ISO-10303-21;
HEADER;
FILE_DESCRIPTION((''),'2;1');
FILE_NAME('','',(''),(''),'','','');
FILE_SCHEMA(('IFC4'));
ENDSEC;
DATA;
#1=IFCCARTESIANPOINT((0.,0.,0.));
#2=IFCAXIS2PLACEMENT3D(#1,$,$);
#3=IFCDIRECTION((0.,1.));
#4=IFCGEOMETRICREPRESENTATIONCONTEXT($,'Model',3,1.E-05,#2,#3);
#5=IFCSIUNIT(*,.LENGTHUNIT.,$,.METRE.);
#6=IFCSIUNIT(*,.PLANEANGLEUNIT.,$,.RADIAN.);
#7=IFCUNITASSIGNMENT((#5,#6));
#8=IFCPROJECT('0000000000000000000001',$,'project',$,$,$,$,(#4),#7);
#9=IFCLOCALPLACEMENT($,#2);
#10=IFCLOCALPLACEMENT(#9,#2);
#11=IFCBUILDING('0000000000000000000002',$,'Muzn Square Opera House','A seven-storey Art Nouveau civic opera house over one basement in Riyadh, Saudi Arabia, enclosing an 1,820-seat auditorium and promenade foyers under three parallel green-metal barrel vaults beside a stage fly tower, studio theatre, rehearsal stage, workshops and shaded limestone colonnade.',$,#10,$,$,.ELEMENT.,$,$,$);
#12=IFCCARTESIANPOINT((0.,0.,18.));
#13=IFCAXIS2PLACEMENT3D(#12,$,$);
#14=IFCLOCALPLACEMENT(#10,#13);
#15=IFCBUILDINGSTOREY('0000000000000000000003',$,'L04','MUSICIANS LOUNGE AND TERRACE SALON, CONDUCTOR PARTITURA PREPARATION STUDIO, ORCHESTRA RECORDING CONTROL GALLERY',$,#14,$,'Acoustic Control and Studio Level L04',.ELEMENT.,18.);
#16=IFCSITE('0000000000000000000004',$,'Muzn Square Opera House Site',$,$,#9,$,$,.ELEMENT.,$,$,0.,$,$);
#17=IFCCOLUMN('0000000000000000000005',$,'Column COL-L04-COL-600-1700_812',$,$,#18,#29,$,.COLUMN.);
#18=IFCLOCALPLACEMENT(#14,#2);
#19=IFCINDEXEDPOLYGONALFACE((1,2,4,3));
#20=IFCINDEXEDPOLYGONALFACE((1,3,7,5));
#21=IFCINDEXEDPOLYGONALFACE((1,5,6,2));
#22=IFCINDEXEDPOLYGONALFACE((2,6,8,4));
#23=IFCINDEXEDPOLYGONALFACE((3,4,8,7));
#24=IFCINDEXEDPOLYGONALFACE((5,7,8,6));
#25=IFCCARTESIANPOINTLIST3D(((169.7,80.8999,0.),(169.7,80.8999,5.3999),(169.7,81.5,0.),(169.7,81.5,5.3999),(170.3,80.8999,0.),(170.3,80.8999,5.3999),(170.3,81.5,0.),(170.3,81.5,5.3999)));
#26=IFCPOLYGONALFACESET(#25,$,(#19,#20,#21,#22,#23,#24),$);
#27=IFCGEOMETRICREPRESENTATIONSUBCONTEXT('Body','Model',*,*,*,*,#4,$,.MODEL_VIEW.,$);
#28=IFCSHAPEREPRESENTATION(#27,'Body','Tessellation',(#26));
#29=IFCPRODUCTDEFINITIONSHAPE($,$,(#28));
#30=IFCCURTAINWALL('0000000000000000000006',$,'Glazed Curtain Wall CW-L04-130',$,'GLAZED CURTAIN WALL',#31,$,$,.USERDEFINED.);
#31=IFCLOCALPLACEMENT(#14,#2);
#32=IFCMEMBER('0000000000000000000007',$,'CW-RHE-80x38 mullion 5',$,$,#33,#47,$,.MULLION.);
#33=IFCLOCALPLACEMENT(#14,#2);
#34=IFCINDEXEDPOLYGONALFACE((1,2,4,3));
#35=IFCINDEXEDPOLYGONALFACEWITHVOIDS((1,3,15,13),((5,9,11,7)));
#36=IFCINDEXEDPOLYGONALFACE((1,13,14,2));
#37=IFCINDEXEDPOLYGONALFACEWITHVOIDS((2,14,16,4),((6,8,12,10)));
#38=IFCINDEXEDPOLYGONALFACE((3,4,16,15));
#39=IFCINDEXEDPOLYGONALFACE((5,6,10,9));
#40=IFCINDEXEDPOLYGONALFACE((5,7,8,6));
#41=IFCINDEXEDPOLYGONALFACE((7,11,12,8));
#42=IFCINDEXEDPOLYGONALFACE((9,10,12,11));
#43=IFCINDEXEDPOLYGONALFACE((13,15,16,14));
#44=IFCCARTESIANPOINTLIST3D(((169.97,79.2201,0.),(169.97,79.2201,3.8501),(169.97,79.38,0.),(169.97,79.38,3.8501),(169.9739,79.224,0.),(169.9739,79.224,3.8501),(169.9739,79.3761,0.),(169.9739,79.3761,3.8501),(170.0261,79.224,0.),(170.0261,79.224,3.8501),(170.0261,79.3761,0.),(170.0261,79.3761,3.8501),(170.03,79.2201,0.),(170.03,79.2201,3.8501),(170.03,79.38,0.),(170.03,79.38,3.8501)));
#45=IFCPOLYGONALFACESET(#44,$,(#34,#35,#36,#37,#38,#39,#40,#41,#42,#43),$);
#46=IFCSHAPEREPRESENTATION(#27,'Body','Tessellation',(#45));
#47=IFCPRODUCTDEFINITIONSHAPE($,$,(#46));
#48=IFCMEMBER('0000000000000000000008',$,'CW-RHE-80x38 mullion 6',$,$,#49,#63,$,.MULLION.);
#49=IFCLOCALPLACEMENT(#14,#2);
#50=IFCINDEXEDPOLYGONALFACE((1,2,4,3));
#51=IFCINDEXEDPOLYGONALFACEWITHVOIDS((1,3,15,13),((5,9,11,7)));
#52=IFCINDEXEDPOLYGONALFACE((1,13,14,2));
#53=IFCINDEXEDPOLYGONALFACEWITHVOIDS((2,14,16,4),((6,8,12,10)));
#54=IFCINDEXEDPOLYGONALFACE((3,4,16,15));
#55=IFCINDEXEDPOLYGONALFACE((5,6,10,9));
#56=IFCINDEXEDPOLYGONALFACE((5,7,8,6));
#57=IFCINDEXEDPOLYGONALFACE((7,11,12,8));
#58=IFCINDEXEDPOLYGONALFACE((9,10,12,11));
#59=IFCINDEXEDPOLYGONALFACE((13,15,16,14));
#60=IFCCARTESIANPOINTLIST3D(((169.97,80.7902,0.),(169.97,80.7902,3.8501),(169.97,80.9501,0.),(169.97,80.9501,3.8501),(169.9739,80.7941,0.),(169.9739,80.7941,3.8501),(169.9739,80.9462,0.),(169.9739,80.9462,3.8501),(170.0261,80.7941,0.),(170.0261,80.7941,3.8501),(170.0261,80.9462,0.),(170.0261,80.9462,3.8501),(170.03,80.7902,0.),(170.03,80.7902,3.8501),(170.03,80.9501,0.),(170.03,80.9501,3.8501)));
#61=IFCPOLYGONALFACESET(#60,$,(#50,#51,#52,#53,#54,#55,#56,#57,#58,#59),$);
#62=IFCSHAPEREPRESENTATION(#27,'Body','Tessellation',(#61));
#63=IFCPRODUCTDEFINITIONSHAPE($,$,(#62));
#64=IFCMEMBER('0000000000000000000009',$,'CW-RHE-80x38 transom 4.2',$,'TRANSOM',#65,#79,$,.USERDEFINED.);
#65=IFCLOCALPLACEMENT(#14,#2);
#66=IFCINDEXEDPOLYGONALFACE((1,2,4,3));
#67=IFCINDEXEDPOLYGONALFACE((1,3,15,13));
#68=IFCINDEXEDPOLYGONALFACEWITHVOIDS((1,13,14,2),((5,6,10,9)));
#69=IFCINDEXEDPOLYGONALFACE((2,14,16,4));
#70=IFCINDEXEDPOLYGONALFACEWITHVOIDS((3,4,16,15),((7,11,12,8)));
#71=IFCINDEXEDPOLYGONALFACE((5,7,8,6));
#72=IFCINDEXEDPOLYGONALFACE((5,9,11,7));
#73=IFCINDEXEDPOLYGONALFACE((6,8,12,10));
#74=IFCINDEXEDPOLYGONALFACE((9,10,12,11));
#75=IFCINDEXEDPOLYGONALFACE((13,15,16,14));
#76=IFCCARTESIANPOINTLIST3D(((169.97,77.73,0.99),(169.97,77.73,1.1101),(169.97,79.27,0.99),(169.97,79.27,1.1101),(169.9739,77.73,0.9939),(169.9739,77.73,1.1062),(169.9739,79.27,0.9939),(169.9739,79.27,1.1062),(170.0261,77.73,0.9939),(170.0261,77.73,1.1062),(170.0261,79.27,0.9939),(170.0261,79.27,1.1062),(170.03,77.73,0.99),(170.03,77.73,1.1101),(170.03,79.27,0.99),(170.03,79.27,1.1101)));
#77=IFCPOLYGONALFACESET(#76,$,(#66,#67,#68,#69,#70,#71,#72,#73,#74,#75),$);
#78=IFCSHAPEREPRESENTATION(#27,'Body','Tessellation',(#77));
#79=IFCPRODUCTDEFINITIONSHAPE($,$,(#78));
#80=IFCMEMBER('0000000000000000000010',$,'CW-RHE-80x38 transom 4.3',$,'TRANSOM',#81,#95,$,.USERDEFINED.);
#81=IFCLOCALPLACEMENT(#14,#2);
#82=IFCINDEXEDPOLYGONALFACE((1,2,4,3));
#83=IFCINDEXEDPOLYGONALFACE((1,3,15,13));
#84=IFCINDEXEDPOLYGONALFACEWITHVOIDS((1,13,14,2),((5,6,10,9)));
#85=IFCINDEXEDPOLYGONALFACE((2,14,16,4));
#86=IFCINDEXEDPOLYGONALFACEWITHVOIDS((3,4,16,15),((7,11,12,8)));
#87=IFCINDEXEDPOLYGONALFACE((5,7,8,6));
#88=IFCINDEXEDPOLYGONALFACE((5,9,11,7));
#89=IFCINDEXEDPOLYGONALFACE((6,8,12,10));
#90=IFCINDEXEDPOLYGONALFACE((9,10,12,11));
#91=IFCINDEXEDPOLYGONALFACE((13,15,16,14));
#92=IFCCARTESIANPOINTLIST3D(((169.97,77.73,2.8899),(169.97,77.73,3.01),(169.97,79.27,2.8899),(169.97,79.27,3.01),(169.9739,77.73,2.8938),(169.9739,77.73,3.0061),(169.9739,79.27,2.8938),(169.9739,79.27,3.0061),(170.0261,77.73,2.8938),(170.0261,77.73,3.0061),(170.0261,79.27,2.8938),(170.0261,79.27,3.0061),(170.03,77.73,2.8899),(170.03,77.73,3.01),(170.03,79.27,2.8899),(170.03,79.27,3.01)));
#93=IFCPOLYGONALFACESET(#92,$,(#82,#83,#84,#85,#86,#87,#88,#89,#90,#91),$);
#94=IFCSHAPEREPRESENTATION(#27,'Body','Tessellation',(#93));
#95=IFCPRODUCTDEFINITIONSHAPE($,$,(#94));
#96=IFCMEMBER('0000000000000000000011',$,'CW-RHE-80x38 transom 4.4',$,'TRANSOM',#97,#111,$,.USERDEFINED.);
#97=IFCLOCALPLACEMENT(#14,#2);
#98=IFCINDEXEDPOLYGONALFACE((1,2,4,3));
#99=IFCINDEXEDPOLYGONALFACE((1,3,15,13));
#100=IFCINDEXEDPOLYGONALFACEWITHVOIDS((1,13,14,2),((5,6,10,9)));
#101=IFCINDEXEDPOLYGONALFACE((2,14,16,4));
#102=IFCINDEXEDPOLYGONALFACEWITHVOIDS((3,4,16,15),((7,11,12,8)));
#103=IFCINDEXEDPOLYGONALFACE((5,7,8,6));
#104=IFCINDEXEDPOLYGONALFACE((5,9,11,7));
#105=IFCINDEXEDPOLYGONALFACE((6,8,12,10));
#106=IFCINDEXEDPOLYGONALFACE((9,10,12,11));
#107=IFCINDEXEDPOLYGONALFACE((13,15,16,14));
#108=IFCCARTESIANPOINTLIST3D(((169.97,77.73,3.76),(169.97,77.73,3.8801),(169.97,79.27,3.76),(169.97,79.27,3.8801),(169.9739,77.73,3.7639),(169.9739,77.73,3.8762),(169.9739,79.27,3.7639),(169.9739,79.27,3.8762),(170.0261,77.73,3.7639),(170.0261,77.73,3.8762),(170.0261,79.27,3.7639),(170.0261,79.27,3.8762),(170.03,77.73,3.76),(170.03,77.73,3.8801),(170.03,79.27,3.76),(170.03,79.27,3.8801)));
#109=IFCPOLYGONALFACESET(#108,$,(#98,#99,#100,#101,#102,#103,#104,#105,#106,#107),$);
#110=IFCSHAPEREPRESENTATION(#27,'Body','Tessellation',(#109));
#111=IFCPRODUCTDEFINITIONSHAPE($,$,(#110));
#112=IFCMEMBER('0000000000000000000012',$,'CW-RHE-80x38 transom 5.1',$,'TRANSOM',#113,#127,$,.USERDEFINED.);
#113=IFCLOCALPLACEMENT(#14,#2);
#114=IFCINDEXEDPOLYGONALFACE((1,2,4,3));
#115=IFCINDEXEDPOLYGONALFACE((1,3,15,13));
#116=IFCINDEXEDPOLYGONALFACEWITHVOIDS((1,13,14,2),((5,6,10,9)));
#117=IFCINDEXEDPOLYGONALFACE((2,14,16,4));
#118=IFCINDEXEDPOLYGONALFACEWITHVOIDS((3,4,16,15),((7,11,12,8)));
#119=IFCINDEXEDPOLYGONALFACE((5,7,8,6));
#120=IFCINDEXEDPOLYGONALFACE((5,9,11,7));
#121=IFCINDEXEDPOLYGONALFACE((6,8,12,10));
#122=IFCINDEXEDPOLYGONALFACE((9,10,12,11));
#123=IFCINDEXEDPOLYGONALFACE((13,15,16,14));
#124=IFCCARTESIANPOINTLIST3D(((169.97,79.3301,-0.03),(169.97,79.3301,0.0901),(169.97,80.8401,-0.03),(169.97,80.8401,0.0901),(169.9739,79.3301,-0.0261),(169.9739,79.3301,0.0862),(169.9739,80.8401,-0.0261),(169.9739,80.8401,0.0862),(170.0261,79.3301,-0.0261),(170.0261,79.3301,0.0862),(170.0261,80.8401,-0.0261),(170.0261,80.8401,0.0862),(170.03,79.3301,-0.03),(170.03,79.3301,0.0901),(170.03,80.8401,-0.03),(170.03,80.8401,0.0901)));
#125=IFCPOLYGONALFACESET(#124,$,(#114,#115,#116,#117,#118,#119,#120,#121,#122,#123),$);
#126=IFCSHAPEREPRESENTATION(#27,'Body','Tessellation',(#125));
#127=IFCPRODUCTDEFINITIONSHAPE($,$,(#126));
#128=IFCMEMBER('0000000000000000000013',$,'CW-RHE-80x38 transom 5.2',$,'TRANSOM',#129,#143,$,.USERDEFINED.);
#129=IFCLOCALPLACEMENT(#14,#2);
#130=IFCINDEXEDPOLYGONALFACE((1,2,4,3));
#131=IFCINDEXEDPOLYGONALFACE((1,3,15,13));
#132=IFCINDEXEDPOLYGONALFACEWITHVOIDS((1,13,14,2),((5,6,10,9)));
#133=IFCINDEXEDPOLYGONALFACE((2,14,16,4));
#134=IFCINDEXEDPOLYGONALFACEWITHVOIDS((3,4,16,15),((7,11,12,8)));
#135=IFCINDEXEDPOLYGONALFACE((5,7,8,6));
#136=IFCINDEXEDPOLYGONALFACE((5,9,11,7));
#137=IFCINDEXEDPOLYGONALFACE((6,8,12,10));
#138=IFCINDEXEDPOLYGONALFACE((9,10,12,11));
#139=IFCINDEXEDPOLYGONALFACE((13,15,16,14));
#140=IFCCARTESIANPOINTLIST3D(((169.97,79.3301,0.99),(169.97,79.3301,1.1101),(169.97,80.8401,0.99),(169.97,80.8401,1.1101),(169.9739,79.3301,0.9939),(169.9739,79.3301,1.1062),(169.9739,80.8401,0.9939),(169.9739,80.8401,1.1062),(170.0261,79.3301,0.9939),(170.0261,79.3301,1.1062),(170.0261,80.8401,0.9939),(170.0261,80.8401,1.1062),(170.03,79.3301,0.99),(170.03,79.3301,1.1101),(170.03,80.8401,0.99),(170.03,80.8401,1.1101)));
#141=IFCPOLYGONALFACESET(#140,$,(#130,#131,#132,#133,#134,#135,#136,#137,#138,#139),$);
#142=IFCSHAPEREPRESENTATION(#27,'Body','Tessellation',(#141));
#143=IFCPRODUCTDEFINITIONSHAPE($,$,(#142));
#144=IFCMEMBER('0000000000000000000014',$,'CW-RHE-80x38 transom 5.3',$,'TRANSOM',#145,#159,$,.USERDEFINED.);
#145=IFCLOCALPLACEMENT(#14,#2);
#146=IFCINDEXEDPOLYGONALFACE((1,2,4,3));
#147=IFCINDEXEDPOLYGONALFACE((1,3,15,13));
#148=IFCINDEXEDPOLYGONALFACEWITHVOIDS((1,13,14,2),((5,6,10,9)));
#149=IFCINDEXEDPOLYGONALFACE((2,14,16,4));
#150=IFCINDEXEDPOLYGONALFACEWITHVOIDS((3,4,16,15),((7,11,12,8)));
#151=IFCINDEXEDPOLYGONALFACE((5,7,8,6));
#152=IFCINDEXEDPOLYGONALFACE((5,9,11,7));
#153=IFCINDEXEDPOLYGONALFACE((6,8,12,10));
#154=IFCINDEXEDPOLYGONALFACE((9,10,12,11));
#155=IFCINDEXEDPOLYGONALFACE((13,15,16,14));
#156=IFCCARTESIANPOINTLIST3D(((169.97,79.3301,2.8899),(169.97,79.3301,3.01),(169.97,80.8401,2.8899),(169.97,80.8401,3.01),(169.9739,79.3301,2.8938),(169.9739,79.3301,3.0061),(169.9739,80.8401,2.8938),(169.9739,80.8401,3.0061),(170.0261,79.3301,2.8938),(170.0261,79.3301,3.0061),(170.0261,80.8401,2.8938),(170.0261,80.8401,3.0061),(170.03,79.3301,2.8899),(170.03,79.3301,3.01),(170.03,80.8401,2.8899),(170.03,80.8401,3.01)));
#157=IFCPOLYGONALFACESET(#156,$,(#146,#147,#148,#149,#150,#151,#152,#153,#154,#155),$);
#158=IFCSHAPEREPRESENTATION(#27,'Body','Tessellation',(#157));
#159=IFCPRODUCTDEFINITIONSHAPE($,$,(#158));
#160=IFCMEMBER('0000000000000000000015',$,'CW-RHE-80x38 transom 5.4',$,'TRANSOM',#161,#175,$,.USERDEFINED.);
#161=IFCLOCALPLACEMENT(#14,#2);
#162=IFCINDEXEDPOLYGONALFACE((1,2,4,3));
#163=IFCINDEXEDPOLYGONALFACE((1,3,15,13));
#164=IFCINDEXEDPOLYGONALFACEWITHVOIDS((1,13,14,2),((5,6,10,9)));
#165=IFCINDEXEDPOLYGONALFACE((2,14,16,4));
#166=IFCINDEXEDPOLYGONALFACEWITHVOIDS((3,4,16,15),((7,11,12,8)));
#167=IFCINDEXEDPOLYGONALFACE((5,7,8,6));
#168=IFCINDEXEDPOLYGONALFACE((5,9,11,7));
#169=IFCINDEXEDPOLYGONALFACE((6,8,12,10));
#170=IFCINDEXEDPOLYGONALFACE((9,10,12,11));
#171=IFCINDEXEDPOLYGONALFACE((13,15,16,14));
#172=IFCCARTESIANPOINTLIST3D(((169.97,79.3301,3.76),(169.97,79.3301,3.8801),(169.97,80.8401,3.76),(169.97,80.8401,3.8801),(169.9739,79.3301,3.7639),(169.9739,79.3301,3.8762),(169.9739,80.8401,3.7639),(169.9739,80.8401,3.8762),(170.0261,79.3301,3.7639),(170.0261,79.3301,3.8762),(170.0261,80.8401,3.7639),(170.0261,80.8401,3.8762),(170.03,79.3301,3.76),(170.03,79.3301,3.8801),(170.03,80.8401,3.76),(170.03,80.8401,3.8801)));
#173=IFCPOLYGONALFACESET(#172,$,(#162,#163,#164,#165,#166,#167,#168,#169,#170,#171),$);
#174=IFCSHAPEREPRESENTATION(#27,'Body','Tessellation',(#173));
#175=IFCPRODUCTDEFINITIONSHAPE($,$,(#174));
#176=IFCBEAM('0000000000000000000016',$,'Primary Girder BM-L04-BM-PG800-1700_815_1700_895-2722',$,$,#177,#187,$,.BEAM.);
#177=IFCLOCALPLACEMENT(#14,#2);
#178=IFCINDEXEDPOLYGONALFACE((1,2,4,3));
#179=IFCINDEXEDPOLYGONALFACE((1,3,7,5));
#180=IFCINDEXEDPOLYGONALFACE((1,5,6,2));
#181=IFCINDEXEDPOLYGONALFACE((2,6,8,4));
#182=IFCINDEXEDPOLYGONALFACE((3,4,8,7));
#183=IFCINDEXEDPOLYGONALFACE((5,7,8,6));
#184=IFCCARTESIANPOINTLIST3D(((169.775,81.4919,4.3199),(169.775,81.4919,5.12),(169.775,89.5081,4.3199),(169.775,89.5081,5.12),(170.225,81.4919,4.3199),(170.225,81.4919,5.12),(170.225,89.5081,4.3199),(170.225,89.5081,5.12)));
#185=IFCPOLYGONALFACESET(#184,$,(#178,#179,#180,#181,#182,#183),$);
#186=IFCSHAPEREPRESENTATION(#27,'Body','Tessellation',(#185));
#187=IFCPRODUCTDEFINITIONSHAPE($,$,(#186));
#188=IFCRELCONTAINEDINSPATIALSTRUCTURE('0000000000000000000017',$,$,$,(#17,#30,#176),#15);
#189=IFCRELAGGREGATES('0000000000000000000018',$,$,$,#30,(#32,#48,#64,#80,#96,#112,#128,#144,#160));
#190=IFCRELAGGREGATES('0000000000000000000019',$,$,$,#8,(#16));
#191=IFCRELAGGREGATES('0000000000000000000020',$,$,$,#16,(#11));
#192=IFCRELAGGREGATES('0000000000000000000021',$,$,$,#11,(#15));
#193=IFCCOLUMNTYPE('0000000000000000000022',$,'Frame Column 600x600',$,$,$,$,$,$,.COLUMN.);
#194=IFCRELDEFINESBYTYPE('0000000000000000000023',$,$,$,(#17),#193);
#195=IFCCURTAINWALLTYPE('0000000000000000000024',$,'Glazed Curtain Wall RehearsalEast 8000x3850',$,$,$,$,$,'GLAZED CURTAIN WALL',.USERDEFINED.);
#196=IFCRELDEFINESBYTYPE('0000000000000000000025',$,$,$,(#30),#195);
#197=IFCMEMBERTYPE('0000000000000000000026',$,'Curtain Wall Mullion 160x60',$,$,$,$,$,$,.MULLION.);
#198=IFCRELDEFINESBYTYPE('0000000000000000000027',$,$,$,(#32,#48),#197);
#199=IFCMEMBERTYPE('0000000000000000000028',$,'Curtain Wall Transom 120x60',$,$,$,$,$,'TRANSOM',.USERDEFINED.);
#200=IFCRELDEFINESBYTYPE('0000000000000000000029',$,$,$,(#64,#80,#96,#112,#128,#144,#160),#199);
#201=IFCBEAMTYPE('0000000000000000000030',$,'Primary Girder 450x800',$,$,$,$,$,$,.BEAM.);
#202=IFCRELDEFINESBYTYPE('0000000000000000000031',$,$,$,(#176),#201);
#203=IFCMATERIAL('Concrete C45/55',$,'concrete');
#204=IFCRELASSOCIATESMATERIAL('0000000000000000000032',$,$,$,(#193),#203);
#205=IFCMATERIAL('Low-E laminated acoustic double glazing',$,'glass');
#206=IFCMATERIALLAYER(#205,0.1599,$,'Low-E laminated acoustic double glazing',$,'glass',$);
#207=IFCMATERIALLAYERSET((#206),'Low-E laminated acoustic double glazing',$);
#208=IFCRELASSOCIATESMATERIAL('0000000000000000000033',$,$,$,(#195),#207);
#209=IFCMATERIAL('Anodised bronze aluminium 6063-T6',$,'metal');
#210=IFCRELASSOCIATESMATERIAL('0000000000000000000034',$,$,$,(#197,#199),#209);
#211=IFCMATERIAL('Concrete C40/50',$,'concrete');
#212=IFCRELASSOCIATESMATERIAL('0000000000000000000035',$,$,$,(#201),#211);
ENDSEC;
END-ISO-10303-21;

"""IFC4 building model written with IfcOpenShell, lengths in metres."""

from ifc_helpers import new_model, si_unit, direction, frame, origin, origin_2d, place, context, subcontext, project, spatial, rectangle, hollow_rectangle, extrude, material, layer, layer_set, material_profile, profile_set, type_object, element, aggregate, save


model = new_model("IFC4")

# Units and contexts
model_context = context("Model", 3, precision=1e-05, world=origin(), true_north=direction((0.0, 1.0)))
body_context = subcontext(model_context, "Body", "Model", "MODEL_VIEW")
ifc_project = project(units=[si_unit("LENGTHUNIT", "METRE"), si_unit("PLANEANGLEUNIT", "RADIAN")], contexts=[model_context])

# Site, building, storey
site_placement = place(None, origin())
site = spatial("IfcSite", under=ifc_project, at=site_placement, Name="Muzn Square Opera House Site", CompositionType="ELEMENT", RefElevation=0.0)
building_placement = place(site_placement, origin())
building = spatial("IfcBuilding", under=site, at=building_placement, Name="Muzn Square Opera House", Description="A seven-storey Art Nouveau civic opera house over one basement in Riyadh, Saudi Arabia, enclosing an 1,820-seat auditorium and promenade foyers under three parallel green-metal barrel vaults beside a stage fly tower, studio theatre, rehearsal stage, workshops and shaded limestone colonnade.", CompositionType="ELEMENT")
storey_placement = place(building_placement, frame((0.0, 0.0, 18.0)))
storey = spatial("IfcBuildingStorey", under=building, at=storey_placement, Name="L04", Description="MUSICIANS LOUNGE AND TERRACE SALON, CONDUCTOR PARTITURA PREPARATION STUDIO, ORCHESTRA RECORDING CONTROL GALLERY", LongName="Acoustic Control and Studio Level L04", CompositionType="ELEMENT", Elevation=18.0)

# Column
ifc_material_1 = material(Name="Concrete C45/55", Category="concrete")
ifc_material_profile_1 = material_profile(ifc_material_1, rectangle(XDim=0.6001, YDim=0.6001, at=origin_2d()), Name="RC 600x600", Category="concrete")
ifc_profile_set_1 = profile_set([ifc_material_profile_1], Name="Concrete C45/55")
column_type = type_object("IfcColumnType", Name="Frame Column 600x600", PredefinedType="COLUMN", material=ifc_profile_set_1)
column_placement = place(storey_placement, frame((170.0, 81.2, 0.0), z_axis=(0.0, 0.0, 1.0), x_axis=(1.0, 0.0, 0.0)))
element("IfcColumn", 1, at=column_placement, inside=storey, type_object=column_type, Name="Column COL-L04-COL-600-1700_812", PredefinedType="COLUMN", context=body_context, shape_type="SweptSolid", body=[
    extrude(rectangle(XDim=0.6001, YDim=0.6001, at=origin_2d()), origin(), (0.0, 0.0, 1.0), 5.3999),
])

# Curtain wall, members
ifc_material_2 = material(Name="Low-E laminated acoustic double glazing", Category="glass")
ifc_layer_1 = layer(ifc_material_2, 0.1599, Name="Low-E laminated acoustic double glazing", Category="glass")
ifc_layer_set_1 = layer_set([ifc_layer_1], Name="Low-E laminated acoustic double glazing")
curtain_wall_type = type_object("IfcCurtainWallType", Name="Glazed Curtain Wall RehearsalEast 8000x3850", ElementType="GLAZED CURTAIN WALL", PredefinedType="USERDEFINED", material=ifc_layer_set_1)
curtain_wall_placement = place(storey_placement, origin())
curtain_wall = element("IfcCurtainWall", 2, at=curtain_wall_placement, inside=storey, type_object=curtain_wall_type, Name="Glazed Curtain Wall CW-L04-130", ObjectType="GLAZED CURTAIN WALL", PredefinedType="USERDEFINED")
ifc_material_3 = material(Name="Anodised bronze aluminium 6063-T6", Category="metal")
ifc_material_profile_2 = material_profile(ifc_material_3, hollow_rectangle(XDim=0.0601, YDim=0.1599, WallThickness=0.0039, at=origin_2d()), Name="ALU 160x60x4", Category="metal")
ifc_profile_set_2 = profile_set([ifc_material_profile_2], Name="Anodised bronze aluminium 6063-T6")
member_type_1 = type_object("IfcMemberType", Name="Curtain Wall Mullion 160x60", PredefinedType="MULLION", material=ifc_profile_set_2)
member_1_placement = place(storey_placement, frame((170.0, 79.3, 0.0), z_axis=(0.0, 0.0, 1.0), x_axis=(-1.0, 0.0, 0.0)))
member_1 = element("IfcMember", 3, at=member_1_placement, type_object=member_type_1, Name="CW-RHE-80x38 mullion 5", PredefinedType="MULLION", context=body_context, shape_type="SweptSolid", body=[
    extrude(hollow_rectangle(XDim=0.0601, YDim=0.1599, WallThickness=0.0039, at=origin_2d()), origin(), (0.0, 0.0, 1.0), 3.8501),
])
member_2_placement = place(storey_placement, frame((170.0, 80.8701, 0.0), z_axis=(0.0, 0.0, 1.0), x_axis=(-1.0, 0.0, 0.0)))
member_2 = element("IfcMember", 4, at=member_2_placement, type_object=member_type_1, Name="CW-RHE-80x38 mullion 6", PredefinedType="MULLION", context=body_context, shape_type="SweptSolid", body=[
    extrude(hollow_rectangle(XDim=0.0601, YDim=0.1599, WallThickness=0.0039, at=origin_2d()), origin(), (0.0, 0.0, 1.0), 3.8501),
])
ifc_material_profile_3 = material_profile(ifc_material_3, hollow_rectangle(XDim=0.0601, YDim=0.1201, WallThickness=0.0039, at=origin_2d()), Name="ALU 120x60x4", Category="metal")
ifc_profile_set_3 = profile_set([ifc_material_profile_3], Name="Anodised bronze aluminium 6063-T6")
member_type_2 = type_object("IfcMemberType", Name="Curtain Wall Transom 120x60", ElementType="TRANSOM", PredefinedType="USERDEFINED", material=ifc_profile_set_3)
member_3_placement = place(storey_placement, frame((170.0, 77.73, 1.05), z_axis=(0.0, 1.0, 0.0), x_axis=(-1.0, 0.0, 0.0)))
member_3 = element("IfcMember", 5, at=member_3_placement, type_object=member_type_2, Name="CW-RHE-80x38 transom 4.2", ObjectType="TRANSOM", PredefinedType="USERDEFINED", context=body_context, shape_type="SweptSolid", body=[
    extrude(hollow_rectangle(XDim=0.0601, YDim=0.1201, WallThickness=0.0039, at=origin_2d()), origin(), (0.0, 0.0, 1.0), 1.54),
])
member_4_placement = place(storey_placement, frame((170.0, 77.73, 2.95), z_axis=(0.0, 1.0, 0.0), x_axis=(-1.0, 0.0, 0.0)))
member_4 = element("IfcMember", 6, at=member_4_placement, type_object=member_type_2, Name="CW-RHE-80x38 transom 4.3", ObjectType="TRANSOM", PredefinedType="USERDEFINED", context=body_context, shape_type="SweptSolid", body=[
    extrude(hollow_rectangle(XDim=0.0601, YDim=0.1201, WallThickness=0.0039, at=origin_2d()), origin(), (0.0, 0.0, 1.0), 1.54),
])
member_5_placement = place(storey_placement, frame((170.0, 77.73, 3.8201), z_axis=(0.0, 1.0, 0.0), x_axis=(-1.0, 0.0, 0.0)))
member_5 = element("IfcMember", 7, at=member_5_placement, type_object=member_type_2, Name="CW-RHE-80x38 transom 4.4", ObjectType="TRANSOM", PredefinedType="USERDEFINED", context=body_context, shape_type="SweptSolid", body=[
    extrude(hollow_rectangle(XDim=0.0601, YDim=0.1201, WallThickness=0.0039, at=origin_2d()), origin(), (0.0, 0.0, 1.0), 1.54),
])
member_6_placement = place(storey_placement, frame((170.0, 79.3301, 0.03), z_axis=(0.0, 1.0, 0.0), x_axis=(-1.0, 0.0, 0.0)))
member_6 = element("IfcMember", 8, at=member_6_placement, type_object=member_type_2, Name="CW-RHE-80x38 transom 5.1", ObjectType="TRANSOM", PredefinedType="USERDEFINED", context=body_context, shape_type="SweptSolid", body=[
    extrude(hollow_rectangle(XDim=0.0601, YDim=0.1201, WallThickness=0.0039, at=origin_2d()), origin(), (0.0, 0.0, 1.0), 1.51),
])
member_7_placement = place(storey_placement, frame((170.0, 79.3301, 1.05), z_axis=(0.0, 1.0, 0.0), x_axis=(-1.0, 0.0, 0.0)))
member_7 = element("IfcMember", 9, at=member_7_placement, type_object=member_type_2, Name="CW-RHE-80x38 transom 5.2", ObjectType="TRANSOM", PredefinedType="USERDEFINED", context=body_context, shape_type="SweptSolid", body=[
    extrude(hollow_rectangle(XDim=0.0601, YDim=0.1201, WallThickness=0.0039, at=origin_2d()), origin(), (0.0, 0.0, 1.0), 1.51),
])
member_8_placement = place(storey_placement, frame((170.0, 79.3301, 2.95), z_axis=(0.0, 1.0, 0.0), x_axis=(-1.0, 0.0, 0.0)))
member_8 = element("IfcMember", 10, at=member_8_placement, type_object=member_type_2, Name="CW-RHE-80x38 transom 5.3", ObjectType="TRANSOM", PredefinedType="USERDEFINED", context=body_context, shape_type="SweptSolid", body=[
    extrude(hollow_rectangle(XDim=0.0601, YDim=0.1201, WallThickness=0.0039, at=origin_2d()), origin(), (0.0, 0.0, 1.0), 1.51),
])
member_9_placement = place(storey_placement, frame((170.0, 79.3301, 3.8201), z_axis=(0.0, 1.0, 0.0), x_axis=(-1.0, 0.0, 0.0)))
member_9 = element("IfcMember", 11, at=member_9_placement, type_object=member_type_2, Name="CW-RHE-80x38 transom 5.4", ObjectType="TRANSOM", PredefinedType="USERDEFINED", context=body_context, shape_type="SweptSolid", body=[
    extrude(hollow_rectangle(XDim=0.0601, YDim=0.1201, WallThickness=0.0039, at=origin_2d()), origin(), (0.0, 0.0, 1.0), 1.51),
])

# Beam
ifc_material_4 = material(Name="Concrete C40/50", Category="concrete")
ifc_material_profile_4 = material_profile(ifc_material_4, rectangle(XDim=0.45, YDim=0.8, at=origin_2d()), Name="RCB 450x800", Category="concrete")
ifc_profile_set_4 = profile_set([ifc_material_profile_4], Name="Concrete C40/50")
beam_type_1 = type_object("IfcBeamType", Name="Primary Girder 450x800", PredefinedType="BEAM", material=ifc_profile_set_4)
beam_placement = place(storey_placement, frame((170.0, 81.4919, 4.72), z_axis=(0.0, 1.0, 0.0), x_axis=(-1.0, 0.0, 0.0)))
element("IfcBeam", 12, at=beam_placement, inside=storey, type_object=beam_type_1, Name="Primary Girder BM-L04-BM-PG800-1700_815_1700_895-2722", PredefinedType="BEAM", context=body_context, shape_type="SweptSolid", body=[
    extrude(rectangle(XDim=0.45, YDim=0.8, at=origin_2d()), origin(), (0.0, 0.0, 1.0), 8.0161),
])

aggregate(curtain_wall, [member_1, member_2, member_3, member_4, member_5, member_6, member_7, member_8, member_9])

save(model, "model.ifc")
